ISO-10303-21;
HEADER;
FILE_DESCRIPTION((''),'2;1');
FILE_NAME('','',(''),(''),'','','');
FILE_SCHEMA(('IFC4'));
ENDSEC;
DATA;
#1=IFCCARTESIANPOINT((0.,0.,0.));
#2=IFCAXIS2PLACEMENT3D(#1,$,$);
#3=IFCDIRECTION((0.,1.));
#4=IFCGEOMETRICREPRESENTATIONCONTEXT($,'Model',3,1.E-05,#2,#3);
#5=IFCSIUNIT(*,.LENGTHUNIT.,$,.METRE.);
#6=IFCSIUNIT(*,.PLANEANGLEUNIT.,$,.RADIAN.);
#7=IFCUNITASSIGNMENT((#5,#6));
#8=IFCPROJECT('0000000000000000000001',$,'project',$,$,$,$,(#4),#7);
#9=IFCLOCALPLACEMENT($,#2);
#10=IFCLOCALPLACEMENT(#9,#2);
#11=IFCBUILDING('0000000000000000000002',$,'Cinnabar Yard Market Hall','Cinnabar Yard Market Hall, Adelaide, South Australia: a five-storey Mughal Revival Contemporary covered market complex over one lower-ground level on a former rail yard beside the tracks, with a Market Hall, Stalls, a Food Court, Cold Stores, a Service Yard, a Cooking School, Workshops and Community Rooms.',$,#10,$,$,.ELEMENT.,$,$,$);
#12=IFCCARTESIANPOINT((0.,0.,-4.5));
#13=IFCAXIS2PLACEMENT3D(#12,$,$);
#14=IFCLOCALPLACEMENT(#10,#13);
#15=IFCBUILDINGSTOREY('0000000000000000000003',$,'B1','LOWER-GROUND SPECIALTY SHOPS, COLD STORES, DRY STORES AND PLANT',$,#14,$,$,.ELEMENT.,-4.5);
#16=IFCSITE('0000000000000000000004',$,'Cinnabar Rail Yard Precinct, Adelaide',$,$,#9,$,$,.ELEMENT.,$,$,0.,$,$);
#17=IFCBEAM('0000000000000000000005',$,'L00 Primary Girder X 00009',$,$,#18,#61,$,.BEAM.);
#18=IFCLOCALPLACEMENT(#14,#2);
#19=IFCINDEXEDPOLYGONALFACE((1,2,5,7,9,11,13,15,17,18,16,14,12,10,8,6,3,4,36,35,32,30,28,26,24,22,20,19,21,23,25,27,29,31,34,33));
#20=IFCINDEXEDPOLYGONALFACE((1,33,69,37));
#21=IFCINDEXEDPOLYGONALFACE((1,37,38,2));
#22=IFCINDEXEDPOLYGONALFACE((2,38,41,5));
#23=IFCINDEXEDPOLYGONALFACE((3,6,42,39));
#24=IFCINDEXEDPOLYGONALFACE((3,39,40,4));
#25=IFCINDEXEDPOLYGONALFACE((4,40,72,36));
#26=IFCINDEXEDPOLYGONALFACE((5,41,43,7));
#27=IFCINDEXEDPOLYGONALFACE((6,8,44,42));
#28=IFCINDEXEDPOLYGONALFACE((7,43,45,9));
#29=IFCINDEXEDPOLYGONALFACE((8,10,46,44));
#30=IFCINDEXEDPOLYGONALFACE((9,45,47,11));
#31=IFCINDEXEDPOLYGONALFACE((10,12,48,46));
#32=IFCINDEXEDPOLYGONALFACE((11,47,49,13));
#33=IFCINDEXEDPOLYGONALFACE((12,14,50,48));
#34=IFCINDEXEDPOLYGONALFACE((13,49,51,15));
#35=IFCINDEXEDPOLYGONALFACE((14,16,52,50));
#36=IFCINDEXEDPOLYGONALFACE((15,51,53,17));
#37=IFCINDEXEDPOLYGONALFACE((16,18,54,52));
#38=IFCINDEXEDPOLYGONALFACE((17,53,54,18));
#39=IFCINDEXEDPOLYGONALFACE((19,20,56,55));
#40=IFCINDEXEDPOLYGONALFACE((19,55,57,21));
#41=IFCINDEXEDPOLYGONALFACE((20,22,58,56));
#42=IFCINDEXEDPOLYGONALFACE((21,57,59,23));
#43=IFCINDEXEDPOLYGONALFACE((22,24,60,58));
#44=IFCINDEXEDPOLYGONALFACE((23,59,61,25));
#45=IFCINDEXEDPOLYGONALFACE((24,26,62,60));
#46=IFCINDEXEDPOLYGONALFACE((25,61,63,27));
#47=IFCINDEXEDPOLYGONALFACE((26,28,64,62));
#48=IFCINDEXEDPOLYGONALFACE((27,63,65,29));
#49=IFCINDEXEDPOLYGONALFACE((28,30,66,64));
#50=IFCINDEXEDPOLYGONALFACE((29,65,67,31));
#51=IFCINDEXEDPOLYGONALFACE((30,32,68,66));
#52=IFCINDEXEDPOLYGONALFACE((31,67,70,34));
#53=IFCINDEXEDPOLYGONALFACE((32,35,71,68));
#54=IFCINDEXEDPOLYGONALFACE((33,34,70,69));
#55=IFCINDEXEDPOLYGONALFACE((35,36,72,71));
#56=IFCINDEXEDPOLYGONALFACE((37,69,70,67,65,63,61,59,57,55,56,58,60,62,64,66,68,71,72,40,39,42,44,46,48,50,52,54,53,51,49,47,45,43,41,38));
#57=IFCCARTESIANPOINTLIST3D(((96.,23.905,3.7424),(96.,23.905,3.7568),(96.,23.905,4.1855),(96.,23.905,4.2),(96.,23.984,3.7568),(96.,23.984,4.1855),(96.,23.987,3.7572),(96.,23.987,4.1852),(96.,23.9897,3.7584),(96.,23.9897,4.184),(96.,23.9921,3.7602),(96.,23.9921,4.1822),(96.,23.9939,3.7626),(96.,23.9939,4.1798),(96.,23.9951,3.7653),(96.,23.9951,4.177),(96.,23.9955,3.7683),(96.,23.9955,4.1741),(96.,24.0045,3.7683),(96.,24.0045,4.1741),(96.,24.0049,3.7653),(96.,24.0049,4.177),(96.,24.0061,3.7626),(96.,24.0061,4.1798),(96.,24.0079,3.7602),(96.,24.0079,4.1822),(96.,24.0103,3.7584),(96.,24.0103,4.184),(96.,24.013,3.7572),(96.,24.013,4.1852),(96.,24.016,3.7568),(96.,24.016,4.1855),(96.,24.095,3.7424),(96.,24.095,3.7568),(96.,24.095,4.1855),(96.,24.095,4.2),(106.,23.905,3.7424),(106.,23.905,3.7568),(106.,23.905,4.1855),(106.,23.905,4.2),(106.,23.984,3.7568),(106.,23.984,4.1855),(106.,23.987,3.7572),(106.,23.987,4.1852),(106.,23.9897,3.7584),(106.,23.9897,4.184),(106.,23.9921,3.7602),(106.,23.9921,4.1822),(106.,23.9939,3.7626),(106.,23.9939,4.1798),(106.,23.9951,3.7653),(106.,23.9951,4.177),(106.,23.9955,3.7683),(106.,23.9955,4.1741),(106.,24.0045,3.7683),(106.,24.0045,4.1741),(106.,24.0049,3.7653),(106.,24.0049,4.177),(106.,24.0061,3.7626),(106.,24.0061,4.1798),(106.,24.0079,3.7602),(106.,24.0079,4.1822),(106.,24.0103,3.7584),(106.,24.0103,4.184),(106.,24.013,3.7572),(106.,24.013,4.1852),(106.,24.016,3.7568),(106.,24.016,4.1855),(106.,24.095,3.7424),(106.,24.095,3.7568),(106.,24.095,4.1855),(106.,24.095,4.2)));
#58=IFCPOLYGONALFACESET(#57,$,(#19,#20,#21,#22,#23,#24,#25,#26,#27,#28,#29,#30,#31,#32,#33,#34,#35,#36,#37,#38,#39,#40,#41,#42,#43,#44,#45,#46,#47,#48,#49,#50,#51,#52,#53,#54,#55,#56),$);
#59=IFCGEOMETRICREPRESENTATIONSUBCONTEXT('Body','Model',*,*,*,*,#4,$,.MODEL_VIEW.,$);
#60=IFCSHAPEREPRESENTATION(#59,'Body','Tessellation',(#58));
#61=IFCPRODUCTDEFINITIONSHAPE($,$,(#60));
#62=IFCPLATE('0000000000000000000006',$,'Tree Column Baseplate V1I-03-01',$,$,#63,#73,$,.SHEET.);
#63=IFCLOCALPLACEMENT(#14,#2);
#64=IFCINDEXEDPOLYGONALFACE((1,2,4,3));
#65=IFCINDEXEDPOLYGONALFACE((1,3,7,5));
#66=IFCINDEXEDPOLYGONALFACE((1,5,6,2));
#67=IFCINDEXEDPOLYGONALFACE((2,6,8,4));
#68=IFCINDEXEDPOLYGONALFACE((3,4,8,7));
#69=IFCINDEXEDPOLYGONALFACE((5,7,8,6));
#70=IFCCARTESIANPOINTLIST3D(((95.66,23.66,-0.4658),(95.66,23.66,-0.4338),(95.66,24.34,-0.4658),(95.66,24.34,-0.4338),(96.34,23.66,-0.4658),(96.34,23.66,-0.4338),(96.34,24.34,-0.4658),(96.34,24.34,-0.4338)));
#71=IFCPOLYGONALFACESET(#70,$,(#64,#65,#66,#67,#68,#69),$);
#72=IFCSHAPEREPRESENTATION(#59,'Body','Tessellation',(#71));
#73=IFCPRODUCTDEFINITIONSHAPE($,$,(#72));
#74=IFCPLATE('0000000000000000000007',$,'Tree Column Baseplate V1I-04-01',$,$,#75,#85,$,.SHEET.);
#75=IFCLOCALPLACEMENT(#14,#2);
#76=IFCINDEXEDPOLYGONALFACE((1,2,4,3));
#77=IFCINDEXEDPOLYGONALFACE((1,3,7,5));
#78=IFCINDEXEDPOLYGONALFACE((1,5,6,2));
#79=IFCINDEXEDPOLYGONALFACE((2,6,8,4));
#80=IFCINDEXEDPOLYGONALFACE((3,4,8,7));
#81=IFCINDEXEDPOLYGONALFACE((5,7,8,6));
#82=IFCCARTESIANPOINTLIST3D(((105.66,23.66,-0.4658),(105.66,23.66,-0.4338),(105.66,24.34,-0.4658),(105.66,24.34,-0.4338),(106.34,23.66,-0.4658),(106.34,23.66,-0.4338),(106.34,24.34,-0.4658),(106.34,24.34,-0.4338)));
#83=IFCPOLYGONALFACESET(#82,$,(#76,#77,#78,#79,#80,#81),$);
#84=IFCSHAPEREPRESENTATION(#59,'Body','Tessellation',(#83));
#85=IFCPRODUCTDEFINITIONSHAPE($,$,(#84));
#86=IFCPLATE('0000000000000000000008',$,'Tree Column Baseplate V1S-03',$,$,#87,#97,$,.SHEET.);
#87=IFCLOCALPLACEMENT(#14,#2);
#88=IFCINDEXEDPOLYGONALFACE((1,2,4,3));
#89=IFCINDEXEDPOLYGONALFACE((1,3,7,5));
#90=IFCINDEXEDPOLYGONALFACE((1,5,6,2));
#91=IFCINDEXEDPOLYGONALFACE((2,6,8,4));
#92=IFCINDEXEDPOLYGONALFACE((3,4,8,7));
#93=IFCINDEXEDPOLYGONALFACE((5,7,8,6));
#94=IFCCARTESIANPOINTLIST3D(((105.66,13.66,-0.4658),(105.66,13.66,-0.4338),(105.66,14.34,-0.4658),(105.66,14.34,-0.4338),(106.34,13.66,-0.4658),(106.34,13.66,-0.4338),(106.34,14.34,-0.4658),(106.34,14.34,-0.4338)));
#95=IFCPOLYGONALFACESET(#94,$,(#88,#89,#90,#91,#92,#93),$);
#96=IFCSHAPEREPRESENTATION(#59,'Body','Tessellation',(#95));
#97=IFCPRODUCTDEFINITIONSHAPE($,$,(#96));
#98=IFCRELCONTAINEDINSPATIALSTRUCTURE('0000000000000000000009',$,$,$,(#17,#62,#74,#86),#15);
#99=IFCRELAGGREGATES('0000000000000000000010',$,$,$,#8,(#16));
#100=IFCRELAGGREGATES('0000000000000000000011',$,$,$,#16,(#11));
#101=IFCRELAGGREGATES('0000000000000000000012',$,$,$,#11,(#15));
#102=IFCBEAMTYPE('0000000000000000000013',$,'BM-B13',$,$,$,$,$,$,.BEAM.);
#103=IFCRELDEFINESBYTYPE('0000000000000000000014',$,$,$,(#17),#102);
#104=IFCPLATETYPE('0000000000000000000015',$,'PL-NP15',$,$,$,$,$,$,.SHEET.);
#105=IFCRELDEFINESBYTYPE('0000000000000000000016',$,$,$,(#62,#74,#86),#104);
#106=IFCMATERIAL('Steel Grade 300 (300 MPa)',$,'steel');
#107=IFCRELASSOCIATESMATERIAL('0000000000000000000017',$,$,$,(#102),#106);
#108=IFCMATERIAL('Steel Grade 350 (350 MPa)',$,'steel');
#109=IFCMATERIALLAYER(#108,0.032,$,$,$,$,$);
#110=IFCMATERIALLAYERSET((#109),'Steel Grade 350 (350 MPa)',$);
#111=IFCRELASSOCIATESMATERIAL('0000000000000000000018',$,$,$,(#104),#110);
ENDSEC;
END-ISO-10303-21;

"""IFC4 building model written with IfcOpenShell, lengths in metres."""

from ifc_helpers import new_model, si_unit, direction, frame, origin, origin_2d_with_axis, place, context, subcontext, project, spatial, rectangle, i_section, extrude, material, layer, layer_set, material_profile, profile_set, type_object, element, save


model = new_model("IFC4")

# Units and contexts
model_context = context("Model", 3, precision=1e-05, world=origin(), true_north=direction((0.0, 1.0)))
body_context = subcontext(model_context, "Body", "Model", "MODEL_VIEW")
ifc_project = project(units=[si_unit("LENGTHUNIT", "METRE"), si_unit("PLANEANGLEUNIT", "RADIAN")], contexts=[model_context])

# Site, building, storey
site_placement = place(None, origin())
site = spatial("IfcSite", under=ifc_project, at=site_placement, Name="Cinnabar Rail Yard Precinct, Adelaide", CompositionType="ELEMENT", RefElevation=0.0)
building_placement = place(site_placement, origin())
building = spatial("IfcBuilding", under=site, at=building_placement, Name="Cinnabar Yard Market Hall", Description="Cinnabar Yard Market Hall, Adelaide, South Australia: a five-storey Mughal Revival Contemporary covered market complex over one lower-ground level on a former rail yard beside the tracks, with a Market Hall, Stalls, a Food Court, Cold Stores, a Service Yard, a Cooking School, Workshops and Community Rooms.", CompositionType="ELEMENT")
storey_placement = place(building_placement, frame((0.0, 0.0, -4.5)))
storey = spatial("IfcBuildingStorey", under=building, at=storey_placement, Name="B1", Description="LOWER-GROUND SPECIALTY SHOPS, COLD STORES, DRY STORES AND PLANT", CompositionType="ELEMENT", Elevation=-4.5)

# Beam
ifc_material_1 = material(Name="Steel Grade 300 (300 MPa)", Category="steel")
ifc_material_profile_1 = material_profile(ifc_material_1, i_section(OverallWidth=0.1899, OverallDepth=0.4575, WebThickness=0.009, FlangeThickness=0.0144, FilletRadius=0.0115, at=origin_2d_with_axis()), Name="460UB74.6")
ifc_profile_set_1 = profile_set([ifc_material_profile_1], Name="Steel Grade 300 (300 MPa)")
beam_type_1 = type_object("IfcBeamType", Name="BM-B13", PredefinedType="BEAM", material=ifc_profile_set_1)
beam_1_placement = place(storey_placement, frame((96.0, 24.0, 3.9712), z_axis=(1.0, 0.0, 0.0), x_axis=(0.0, 1.0, 0.0)))
element("IfcBeam", 1, at=beam_1_placement, inside=storey, type_object=beam_type_1, Name="L00 Primary Girder X 00009", PredefinedType="BEAM", context=body_context, shape_type="SweptSolid", body=[
    extrude(i_section(OverallWidth=0.1899, OverallDepth=0.4575, WebThickness=0.009, FlangeThickness=0.0144, FilletRadius=0.0115, at=origin_2d_with_axis()), origin(), (0.0, 0.0, 1.0), 10.0),
])

# Plates
ifc_material_2 = material(Name="Steel Grade 350 (350 MPa)", Category="steel")
ifc_layer_1 = layer(ifc_material_2, 0.032)
ifc_layer_set_1 = layer_set([ifc_layer_1], Name="Steel Grade 350 (350 MPa)")
plate_type = type_object("IfcPlateType", Name="PL-NP15", PredefinedType="SHEET", material=ifc_layer_set_1)
for number, where, z_axis, x_axis, name in (
    (2, (96.0, 24.0, -0.4658), (0.0, 0.0, 1.0), (1.0, 0.0, 0.0), "Tree Column Baseplate V1I-03-01"),
    (3, (106.0, 24.0, -0.4658), (0.0, 0.0, 1.0), (1.0, 0.0, 0.0), "Tree Column Baseplate V1I-04-01"),
    (4, (106.0, 14.0, -0.4658), (0.0, 0.0, 1.0), (1.0, 0.0, 0.0), "Tree Column Baseplate V1S-03"),
):
    element("IfcPlate", number, at=place(storey_placement, frame(where, z_axis=z_axis, x_axis=x_axis)), inside=storey, type_object=plate_type, Name=name, PredefinedType="SHEET", context=body_context, shape_type="SweptSolid", body=[
        extrude(rectangle(XDim=0.6799, YDim=0.6799, at=origin_2d_with_axis()), origin(), (0.0, 0.0, 1.0), 0.032),
    ])

save(model, "model.ifc")
